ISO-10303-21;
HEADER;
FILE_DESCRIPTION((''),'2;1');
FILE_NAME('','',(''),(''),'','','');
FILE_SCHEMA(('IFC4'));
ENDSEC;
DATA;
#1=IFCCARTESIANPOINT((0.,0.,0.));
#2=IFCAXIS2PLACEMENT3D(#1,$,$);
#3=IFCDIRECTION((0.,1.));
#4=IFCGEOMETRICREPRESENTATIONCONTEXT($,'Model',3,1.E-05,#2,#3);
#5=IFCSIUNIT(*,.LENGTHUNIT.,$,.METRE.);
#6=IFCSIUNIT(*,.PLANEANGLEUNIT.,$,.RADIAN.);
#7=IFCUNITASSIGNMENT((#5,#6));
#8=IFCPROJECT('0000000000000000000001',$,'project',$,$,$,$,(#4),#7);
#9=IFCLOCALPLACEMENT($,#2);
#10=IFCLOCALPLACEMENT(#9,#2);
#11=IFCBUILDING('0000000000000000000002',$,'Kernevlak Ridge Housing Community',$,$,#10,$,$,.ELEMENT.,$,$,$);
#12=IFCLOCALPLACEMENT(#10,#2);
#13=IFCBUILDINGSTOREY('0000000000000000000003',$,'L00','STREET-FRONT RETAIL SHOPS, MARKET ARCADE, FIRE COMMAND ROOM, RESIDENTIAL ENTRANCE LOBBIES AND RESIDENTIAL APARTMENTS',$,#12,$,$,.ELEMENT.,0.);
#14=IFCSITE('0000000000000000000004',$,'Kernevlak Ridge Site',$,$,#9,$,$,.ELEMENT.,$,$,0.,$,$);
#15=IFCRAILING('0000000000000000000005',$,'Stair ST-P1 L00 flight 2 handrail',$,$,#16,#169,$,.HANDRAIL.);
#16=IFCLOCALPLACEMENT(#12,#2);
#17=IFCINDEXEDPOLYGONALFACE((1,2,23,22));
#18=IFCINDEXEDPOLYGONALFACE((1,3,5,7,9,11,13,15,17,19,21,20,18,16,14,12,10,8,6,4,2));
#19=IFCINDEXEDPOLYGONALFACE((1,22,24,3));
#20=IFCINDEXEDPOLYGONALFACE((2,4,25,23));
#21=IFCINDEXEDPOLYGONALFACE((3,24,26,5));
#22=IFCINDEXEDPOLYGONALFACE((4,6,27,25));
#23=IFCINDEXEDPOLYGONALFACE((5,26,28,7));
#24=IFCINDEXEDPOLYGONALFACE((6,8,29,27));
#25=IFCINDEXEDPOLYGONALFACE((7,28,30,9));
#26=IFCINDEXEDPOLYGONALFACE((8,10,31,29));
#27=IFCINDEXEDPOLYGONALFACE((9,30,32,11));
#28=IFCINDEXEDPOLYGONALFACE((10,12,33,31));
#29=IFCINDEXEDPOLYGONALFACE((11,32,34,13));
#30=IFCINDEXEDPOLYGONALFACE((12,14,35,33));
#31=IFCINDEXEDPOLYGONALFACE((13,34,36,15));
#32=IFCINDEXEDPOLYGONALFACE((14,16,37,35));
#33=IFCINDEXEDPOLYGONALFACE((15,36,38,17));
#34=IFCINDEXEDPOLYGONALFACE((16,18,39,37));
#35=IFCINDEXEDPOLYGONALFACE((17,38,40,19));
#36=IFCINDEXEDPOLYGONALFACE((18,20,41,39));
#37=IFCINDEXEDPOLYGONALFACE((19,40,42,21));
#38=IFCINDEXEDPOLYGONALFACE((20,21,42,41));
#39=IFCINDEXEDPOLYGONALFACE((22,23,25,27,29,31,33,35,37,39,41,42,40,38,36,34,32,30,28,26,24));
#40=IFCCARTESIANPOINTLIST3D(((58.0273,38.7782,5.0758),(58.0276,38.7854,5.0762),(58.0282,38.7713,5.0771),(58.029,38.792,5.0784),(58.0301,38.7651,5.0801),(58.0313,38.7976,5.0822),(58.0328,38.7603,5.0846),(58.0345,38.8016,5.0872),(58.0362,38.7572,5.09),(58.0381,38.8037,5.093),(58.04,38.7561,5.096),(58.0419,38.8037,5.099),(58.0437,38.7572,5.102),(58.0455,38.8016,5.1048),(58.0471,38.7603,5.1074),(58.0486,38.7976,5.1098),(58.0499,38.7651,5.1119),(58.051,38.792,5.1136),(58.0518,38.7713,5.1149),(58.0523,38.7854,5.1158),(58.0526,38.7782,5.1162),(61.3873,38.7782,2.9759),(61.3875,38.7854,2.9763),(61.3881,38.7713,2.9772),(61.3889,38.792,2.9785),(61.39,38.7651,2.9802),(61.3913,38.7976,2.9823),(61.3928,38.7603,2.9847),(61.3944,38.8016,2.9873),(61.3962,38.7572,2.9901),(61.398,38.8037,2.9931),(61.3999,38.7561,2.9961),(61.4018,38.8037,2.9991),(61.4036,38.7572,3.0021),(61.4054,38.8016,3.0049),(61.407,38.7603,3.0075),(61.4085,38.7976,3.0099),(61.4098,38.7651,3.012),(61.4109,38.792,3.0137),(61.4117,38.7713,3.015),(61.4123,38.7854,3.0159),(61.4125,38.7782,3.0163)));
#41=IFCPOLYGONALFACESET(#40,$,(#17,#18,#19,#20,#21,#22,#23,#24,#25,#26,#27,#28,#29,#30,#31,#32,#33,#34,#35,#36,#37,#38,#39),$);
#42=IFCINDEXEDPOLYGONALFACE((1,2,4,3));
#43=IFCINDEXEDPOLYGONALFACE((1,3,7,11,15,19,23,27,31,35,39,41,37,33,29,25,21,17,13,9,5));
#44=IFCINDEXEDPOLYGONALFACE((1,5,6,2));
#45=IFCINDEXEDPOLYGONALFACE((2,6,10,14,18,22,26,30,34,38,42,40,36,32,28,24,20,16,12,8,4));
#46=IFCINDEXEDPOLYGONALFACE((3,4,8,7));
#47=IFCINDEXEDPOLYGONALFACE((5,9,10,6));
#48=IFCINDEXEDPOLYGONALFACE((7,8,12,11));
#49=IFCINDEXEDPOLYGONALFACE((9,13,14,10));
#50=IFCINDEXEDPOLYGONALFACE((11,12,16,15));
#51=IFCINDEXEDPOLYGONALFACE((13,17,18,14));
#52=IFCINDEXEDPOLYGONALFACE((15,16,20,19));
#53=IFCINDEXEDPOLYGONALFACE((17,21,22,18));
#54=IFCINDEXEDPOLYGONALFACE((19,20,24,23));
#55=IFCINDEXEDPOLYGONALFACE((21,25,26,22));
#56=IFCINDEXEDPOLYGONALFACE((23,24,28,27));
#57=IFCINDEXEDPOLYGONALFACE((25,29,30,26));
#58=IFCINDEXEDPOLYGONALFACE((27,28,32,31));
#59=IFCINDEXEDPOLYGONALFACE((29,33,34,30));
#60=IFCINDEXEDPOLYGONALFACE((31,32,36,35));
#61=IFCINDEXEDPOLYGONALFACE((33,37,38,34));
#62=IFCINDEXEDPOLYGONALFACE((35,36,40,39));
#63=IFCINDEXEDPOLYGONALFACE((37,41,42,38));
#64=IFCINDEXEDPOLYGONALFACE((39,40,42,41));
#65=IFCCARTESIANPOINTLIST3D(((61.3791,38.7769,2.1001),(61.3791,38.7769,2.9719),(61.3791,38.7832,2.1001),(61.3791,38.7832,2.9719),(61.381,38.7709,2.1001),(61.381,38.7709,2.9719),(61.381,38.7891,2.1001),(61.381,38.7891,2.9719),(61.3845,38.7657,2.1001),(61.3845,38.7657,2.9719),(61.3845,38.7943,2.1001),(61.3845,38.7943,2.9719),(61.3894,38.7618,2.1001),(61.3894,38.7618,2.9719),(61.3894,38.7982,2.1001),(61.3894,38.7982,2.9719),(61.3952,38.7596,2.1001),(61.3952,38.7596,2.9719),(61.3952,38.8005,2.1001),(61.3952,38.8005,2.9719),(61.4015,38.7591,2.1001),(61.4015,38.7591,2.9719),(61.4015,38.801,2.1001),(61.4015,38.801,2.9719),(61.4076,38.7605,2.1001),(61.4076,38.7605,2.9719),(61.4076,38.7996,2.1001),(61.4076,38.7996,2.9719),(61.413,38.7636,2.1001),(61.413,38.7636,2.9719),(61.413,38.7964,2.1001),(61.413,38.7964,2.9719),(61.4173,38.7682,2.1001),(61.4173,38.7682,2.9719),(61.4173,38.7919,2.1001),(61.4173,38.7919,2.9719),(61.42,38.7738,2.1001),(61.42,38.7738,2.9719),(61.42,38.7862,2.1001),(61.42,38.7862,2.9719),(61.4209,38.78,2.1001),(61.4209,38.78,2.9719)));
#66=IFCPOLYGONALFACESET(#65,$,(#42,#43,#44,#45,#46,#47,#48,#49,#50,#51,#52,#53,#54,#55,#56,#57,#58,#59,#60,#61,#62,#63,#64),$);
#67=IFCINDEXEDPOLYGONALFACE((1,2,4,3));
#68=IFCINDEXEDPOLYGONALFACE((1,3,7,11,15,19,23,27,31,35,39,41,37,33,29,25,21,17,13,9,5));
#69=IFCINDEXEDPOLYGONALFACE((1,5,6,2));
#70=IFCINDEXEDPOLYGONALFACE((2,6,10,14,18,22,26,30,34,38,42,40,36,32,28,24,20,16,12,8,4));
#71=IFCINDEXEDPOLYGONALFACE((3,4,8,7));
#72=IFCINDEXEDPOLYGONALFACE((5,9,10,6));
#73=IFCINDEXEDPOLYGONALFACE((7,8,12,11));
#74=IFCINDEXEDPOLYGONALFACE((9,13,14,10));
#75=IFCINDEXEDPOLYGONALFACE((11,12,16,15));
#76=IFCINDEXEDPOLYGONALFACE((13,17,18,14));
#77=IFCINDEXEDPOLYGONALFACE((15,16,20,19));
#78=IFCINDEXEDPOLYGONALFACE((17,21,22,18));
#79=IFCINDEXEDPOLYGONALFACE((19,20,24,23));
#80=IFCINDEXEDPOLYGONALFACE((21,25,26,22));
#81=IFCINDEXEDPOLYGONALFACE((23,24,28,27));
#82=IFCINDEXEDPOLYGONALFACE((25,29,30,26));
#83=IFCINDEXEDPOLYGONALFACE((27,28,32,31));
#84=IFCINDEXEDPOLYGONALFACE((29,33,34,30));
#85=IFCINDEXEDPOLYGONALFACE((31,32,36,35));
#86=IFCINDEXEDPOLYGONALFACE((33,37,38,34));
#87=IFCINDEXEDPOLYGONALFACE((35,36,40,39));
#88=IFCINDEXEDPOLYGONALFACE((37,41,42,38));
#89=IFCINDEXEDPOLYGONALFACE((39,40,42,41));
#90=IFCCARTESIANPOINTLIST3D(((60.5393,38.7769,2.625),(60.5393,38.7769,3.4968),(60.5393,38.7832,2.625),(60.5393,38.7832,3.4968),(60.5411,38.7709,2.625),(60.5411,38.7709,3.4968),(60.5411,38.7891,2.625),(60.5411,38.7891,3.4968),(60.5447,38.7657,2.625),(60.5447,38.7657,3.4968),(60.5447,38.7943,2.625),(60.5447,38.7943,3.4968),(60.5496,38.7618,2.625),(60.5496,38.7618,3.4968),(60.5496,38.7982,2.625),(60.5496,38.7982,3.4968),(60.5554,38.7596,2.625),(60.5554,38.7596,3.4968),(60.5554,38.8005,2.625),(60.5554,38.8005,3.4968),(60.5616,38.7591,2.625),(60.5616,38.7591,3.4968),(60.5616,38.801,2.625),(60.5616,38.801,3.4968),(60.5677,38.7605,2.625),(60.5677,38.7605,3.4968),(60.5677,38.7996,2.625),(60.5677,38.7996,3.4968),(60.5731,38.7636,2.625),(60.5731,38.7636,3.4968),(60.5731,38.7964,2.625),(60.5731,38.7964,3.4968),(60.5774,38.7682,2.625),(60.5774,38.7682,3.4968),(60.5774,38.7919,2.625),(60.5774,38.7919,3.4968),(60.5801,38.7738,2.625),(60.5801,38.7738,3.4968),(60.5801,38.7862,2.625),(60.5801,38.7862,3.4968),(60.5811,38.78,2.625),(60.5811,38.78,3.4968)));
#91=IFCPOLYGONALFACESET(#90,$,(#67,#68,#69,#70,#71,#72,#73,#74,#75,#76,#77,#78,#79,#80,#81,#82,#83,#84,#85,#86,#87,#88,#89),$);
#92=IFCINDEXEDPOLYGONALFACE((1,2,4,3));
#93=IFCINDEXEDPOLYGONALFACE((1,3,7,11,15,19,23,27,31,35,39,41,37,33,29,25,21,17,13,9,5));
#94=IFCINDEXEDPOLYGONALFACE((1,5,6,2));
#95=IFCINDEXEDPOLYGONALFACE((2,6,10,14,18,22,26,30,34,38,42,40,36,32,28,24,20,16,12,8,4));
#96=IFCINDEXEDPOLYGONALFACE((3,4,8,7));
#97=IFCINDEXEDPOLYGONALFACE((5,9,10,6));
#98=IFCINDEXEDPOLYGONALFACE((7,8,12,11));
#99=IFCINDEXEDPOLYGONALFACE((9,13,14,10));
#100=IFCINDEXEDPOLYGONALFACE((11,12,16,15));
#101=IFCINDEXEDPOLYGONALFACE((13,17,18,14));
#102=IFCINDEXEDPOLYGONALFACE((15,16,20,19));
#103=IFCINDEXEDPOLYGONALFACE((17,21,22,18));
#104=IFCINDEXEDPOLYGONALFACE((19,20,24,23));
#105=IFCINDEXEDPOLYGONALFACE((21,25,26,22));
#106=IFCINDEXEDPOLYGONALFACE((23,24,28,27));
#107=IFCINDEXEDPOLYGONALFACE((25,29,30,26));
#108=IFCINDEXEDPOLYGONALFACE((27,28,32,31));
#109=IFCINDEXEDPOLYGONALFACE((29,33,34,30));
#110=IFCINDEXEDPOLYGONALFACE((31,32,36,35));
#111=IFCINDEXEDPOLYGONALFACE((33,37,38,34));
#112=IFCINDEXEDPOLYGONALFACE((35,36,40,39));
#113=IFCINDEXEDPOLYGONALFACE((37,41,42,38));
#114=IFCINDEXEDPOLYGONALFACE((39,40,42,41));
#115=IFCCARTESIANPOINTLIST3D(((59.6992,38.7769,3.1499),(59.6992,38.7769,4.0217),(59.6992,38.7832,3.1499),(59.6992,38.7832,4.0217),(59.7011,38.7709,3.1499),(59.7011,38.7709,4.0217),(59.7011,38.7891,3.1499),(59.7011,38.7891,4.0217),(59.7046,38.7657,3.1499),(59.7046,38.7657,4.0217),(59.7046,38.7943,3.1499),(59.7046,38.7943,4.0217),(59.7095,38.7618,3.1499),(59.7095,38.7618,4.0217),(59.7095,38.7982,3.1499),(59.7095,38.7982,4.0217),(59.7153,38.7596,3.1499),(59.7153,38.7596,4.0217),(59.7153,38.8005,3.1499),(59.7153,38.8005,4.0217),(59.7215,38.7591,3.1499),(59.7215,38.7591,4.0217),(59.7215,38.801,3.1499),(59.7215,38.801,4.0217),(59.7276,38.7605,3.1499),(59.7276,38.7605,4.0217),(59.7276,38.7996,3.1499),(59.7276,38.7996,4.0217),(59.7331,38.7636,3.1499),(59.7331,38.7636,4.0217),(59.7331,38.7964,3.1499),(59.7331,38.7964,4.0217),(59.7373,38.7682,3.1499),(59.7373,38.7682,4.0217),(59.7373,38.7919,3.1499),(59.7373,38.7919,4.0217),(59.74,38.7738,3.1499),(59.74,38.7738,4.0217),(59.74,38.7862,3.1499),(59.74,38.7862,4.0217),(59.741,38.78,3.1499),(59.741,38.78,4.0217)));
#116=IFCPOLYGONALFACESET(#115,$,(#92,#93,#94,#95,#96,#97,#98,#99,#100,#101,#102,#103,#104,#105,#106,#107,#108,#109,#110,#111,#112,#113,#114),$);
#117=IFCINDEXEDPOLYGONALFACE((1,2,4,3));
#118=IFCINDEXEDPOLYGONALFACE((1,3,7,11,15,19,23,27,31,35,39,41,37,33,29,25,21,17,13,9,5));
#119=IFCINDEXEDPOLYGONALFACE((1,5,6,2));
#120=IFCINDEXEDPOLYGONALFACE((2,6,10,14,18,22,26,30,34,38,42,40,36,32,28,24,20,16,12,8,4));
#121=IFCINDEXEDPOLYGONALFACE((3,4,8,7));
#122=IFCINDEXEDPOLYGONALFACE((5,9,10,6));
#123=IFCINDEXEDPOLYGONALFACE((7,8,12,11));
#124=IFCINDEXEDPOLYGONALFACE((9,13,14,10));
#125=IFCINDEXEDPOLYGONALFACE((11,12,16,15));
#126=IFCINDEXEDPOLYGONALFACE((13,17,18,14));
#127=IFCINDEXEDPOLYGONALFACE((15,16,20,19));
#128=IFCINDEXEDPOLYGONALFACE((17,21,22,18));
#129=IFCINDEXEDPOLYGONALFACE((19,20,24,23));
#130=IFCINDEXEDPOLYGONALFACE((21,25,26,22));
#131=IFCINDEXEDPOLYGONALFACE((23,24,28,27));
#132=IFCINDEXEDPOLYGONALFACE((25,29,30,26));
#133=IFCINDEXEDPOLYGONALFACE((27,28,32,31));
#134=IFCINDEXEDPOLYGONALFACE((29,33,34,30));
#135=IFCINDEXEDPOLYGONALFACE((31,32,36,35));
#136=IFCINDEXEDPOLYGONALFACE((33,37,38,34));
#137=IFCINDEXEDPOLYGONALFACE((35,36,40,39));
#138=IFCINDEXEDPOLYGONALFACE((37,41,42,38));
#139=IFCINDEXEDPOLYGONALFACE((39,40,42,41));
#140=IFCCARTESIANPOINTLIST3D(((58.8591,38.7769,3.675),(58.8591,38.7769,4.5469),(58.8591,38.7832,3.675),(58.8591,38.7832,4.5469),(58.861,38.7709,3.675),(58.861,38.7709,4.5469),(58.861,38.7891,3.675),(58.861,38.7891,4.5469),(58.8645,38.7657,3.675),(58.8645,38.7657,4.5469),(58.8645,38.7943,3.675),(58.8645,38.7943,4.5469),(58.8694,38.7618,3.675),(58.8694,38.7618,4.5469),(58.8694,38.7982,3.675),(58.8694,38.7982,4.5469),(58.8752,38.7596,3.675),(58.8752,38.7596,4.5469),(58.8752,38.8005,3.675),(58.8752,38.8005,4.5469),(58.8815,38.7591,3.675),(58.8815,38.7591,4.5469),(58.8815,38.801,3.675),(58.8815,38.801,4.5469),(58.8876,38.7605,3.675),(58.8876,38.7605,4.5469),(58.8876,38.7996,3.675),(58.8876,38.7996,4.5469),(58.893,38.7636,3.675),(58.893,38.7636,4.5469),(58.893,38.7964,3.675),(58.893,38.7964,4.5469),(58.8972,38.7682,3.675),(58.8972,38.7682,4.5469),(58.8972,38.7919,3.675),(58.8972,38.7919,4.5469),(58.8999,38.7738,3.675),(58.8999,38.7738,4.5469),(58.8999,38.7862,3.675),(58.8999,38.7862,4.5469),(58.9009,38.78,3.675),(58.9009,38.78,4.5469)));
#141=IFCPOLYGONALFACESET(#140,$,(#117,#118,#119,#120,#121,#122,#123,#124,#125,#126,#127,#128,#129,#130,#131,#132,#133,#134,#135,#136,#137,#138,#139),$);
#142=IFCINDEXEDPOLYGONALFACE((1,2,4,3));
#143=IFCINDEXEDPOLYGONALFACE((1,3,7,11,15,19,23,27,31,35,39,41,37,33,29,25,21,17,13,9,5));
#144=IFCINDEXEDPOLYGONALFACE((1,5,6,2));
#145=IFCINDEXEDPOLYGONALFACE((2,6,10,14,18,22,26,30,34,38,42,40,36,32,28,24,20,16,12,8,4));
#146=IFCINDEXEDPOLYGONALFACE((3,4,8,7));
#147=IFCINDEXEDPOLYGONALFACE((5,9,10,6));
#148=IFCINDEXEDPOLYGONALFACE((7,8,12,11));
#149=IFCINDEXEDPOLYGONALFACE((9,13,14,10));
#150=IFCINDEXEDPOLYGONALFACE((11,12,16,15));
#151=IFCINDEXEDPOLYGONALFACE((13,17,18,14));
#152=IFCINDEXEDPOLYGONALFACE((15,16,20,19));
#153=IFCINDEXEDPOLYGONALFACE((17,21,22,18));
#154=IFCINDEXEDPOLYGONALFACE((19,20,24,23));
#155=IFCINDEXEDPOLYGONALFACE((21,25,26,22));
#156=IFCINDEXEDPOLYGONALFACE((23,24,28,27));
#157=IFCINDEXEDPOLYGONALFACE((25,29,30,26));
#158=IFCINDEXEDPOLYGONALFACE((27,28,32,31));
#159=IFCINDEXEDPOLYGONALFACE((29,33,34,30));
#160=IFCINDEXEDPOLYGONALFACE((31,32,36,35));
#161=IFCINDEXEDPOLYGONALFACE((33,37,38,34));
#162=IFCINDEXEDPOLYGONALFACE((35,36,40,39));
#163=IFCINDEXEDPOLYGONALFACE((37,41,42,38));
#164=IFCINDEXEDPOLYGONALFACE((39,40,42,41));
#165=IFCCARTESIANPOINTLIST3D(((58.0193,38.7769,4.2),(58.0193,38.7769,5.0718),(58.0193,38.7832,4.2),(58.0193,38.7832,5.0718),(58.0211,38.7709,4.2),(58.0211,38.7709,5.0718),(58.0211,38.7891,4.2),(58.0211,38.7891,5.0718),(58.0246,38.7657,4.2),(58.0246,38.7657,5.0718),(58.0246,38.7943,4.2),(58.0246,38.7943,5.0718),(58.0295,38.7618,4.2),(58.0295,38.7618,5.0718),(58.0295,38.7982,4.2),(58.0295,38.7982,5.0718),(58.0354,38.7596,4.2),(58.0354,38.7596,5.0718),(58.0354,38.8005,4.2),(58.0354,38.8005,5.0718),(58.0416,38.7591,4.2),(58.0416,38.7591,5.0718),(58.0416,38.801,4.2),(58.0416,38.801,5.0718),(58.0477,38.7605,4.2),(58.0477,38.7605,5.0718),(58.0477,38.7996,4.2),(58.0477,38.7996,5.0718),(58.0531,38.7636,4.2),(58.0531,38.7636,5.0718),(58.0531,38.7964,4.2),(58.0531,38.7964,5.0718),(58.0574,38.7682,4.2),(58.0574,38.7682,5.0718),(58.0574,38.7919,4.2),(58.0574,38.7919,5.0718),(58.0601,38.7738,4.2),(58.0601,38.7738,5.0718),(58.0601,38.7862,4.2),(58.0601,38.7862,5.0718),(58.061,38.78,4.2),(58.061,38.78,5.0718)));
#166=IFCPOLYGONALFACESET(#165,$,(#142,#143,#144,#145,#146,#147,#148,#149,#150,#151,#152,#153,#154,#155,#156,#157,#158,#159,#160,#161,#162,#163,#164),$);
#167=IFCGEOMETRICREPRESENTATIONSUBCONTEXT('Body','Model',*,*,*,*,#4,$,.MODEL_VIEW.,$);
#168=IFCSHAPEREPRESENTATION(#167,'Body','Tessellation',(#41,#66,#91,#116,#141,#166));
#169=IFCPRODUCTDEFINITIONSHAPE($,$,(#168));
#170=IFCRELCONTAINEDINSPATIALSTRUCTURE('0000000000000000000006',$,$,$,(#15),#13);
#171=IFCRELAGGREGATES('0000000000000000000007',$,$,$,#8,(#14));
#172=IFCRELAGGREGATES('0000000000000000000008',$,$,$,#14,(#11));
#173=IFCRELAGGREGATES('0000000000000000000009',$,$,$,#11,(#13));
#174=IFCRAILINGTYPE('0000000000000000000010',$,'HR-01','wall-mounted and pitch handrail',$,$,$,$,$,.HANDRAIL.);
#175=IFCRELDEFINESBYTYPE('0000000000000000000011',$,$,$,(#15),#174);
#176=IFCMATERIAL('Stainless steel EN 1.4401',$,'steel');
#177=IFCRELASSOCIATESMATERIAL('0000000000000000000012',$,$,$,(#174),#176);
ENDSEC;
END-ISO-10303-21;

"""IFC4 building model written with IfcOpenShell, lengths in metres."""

from ifc_helpers import new_model, si_unit, direction, frame, origin, origin_2d, place, context, subcontext, project, spatial, circle, extrude, material, type_object, element, save


model = new_model("IFC4")

# Units and contexts
model_context = context("Model", 3, precision=1e-05, world=origin(), true_north=direction((0.0, 1.0)))
body_context = subcontext(model_context, "Body", "Model", "MODEL_VIEW")
ifc_project = project(units=[si_unit("LENGTHUNIT", "METRE"), si_unit("PLANEANGLEUNIT", "RADIAN")], contexts=[model_context])

# Site, building, storey
site_placement = place(None, origin())
site = spatial("IfcSite", under=ifc_project, at=site_placement, Name="Kernevlak Ridge Site", CompositionType="ELEMENT", RefElevation=0.0)
building_placement = place(site_placement, origin())
building = spatial("IfcBuilding", under=site, at=building_placement, Name="Kernevlak Ridge Housing Community", CompositionType="ELEMENT")
storey_placement = place(building_placement, origin())
storey = spatial("IfcBuildingStorey", under=building, at=storey_placement, Name="L00", Description="STREET-FRONT RETAIL SHOPS, MARKET ARCADE, FIRE COMMAND ROOM, RESIDENTIAL ENTRANCE LOBBIES AND RESIDENTIAL APARTMENTS", CompositionType="ELEMENT", Elevation=0.0)

# Shared definitions
ifc_material_1 = material(Name="Stainless steel EN 1.4401", Category="steel")

# Railing
railing_type_1 = type_object("IfcRailingType", Name="HR-01", Description="wall-mounted and pitch handrail", PredefinedType="HANDRAIL", material=ifc_material_1)
railing_1_placement = place(storey_placement, frame((61.3999, 38.78, 2.1001)))
element("IfcRailing", 1, at=railing_1_placement, inside=storey, type_object=railing_type_1, Name="Stair ST-P1 L00 flight 2 handrail", PredefinedType="HANDRAIL", context=body_context, shape_type="SweptSolid", body=[
    extrude(circle(Radius=0.0239, at=origin_2d()), frame((0.0, 0.0, 0.896), z_axis=(-0.848005, 0.0, 0.529988), x_axis=(0.0, -1.0, 0.0)), (0.0, 0.0, 1.0), 3.9622),
    extrude(circle(Radius=0.021, at=origin_2d()), origin(), (0.0, 0.0, 1.0), 0.8718),
    extrude(circle(Radius=0.021, at=origin_2d()), frame((-0.8398, 0.0, 0.5249)), (0.0, 0.0, 1.0), 0.8718),
    extrude(circle(Radius=0.021, at=origin_2d()), frame((-1.6799, 0.0, 1.0498)), (0.0, 0.0, 1.0), 0.8718),
    extrude(circle(Radius=0.021, at=origin_2d()), frame((-2.52, 0.0, 1.575)), (0.0, 0.0, 1.0), 0.8718),
    extrude(circle(Radius=0.021, at=origin_2d()), frame((-3.3599, 0.0, 2.0999)), (0.0, 0.0, 1.0), 0.8718),
])

save(model, "model.ifc")
